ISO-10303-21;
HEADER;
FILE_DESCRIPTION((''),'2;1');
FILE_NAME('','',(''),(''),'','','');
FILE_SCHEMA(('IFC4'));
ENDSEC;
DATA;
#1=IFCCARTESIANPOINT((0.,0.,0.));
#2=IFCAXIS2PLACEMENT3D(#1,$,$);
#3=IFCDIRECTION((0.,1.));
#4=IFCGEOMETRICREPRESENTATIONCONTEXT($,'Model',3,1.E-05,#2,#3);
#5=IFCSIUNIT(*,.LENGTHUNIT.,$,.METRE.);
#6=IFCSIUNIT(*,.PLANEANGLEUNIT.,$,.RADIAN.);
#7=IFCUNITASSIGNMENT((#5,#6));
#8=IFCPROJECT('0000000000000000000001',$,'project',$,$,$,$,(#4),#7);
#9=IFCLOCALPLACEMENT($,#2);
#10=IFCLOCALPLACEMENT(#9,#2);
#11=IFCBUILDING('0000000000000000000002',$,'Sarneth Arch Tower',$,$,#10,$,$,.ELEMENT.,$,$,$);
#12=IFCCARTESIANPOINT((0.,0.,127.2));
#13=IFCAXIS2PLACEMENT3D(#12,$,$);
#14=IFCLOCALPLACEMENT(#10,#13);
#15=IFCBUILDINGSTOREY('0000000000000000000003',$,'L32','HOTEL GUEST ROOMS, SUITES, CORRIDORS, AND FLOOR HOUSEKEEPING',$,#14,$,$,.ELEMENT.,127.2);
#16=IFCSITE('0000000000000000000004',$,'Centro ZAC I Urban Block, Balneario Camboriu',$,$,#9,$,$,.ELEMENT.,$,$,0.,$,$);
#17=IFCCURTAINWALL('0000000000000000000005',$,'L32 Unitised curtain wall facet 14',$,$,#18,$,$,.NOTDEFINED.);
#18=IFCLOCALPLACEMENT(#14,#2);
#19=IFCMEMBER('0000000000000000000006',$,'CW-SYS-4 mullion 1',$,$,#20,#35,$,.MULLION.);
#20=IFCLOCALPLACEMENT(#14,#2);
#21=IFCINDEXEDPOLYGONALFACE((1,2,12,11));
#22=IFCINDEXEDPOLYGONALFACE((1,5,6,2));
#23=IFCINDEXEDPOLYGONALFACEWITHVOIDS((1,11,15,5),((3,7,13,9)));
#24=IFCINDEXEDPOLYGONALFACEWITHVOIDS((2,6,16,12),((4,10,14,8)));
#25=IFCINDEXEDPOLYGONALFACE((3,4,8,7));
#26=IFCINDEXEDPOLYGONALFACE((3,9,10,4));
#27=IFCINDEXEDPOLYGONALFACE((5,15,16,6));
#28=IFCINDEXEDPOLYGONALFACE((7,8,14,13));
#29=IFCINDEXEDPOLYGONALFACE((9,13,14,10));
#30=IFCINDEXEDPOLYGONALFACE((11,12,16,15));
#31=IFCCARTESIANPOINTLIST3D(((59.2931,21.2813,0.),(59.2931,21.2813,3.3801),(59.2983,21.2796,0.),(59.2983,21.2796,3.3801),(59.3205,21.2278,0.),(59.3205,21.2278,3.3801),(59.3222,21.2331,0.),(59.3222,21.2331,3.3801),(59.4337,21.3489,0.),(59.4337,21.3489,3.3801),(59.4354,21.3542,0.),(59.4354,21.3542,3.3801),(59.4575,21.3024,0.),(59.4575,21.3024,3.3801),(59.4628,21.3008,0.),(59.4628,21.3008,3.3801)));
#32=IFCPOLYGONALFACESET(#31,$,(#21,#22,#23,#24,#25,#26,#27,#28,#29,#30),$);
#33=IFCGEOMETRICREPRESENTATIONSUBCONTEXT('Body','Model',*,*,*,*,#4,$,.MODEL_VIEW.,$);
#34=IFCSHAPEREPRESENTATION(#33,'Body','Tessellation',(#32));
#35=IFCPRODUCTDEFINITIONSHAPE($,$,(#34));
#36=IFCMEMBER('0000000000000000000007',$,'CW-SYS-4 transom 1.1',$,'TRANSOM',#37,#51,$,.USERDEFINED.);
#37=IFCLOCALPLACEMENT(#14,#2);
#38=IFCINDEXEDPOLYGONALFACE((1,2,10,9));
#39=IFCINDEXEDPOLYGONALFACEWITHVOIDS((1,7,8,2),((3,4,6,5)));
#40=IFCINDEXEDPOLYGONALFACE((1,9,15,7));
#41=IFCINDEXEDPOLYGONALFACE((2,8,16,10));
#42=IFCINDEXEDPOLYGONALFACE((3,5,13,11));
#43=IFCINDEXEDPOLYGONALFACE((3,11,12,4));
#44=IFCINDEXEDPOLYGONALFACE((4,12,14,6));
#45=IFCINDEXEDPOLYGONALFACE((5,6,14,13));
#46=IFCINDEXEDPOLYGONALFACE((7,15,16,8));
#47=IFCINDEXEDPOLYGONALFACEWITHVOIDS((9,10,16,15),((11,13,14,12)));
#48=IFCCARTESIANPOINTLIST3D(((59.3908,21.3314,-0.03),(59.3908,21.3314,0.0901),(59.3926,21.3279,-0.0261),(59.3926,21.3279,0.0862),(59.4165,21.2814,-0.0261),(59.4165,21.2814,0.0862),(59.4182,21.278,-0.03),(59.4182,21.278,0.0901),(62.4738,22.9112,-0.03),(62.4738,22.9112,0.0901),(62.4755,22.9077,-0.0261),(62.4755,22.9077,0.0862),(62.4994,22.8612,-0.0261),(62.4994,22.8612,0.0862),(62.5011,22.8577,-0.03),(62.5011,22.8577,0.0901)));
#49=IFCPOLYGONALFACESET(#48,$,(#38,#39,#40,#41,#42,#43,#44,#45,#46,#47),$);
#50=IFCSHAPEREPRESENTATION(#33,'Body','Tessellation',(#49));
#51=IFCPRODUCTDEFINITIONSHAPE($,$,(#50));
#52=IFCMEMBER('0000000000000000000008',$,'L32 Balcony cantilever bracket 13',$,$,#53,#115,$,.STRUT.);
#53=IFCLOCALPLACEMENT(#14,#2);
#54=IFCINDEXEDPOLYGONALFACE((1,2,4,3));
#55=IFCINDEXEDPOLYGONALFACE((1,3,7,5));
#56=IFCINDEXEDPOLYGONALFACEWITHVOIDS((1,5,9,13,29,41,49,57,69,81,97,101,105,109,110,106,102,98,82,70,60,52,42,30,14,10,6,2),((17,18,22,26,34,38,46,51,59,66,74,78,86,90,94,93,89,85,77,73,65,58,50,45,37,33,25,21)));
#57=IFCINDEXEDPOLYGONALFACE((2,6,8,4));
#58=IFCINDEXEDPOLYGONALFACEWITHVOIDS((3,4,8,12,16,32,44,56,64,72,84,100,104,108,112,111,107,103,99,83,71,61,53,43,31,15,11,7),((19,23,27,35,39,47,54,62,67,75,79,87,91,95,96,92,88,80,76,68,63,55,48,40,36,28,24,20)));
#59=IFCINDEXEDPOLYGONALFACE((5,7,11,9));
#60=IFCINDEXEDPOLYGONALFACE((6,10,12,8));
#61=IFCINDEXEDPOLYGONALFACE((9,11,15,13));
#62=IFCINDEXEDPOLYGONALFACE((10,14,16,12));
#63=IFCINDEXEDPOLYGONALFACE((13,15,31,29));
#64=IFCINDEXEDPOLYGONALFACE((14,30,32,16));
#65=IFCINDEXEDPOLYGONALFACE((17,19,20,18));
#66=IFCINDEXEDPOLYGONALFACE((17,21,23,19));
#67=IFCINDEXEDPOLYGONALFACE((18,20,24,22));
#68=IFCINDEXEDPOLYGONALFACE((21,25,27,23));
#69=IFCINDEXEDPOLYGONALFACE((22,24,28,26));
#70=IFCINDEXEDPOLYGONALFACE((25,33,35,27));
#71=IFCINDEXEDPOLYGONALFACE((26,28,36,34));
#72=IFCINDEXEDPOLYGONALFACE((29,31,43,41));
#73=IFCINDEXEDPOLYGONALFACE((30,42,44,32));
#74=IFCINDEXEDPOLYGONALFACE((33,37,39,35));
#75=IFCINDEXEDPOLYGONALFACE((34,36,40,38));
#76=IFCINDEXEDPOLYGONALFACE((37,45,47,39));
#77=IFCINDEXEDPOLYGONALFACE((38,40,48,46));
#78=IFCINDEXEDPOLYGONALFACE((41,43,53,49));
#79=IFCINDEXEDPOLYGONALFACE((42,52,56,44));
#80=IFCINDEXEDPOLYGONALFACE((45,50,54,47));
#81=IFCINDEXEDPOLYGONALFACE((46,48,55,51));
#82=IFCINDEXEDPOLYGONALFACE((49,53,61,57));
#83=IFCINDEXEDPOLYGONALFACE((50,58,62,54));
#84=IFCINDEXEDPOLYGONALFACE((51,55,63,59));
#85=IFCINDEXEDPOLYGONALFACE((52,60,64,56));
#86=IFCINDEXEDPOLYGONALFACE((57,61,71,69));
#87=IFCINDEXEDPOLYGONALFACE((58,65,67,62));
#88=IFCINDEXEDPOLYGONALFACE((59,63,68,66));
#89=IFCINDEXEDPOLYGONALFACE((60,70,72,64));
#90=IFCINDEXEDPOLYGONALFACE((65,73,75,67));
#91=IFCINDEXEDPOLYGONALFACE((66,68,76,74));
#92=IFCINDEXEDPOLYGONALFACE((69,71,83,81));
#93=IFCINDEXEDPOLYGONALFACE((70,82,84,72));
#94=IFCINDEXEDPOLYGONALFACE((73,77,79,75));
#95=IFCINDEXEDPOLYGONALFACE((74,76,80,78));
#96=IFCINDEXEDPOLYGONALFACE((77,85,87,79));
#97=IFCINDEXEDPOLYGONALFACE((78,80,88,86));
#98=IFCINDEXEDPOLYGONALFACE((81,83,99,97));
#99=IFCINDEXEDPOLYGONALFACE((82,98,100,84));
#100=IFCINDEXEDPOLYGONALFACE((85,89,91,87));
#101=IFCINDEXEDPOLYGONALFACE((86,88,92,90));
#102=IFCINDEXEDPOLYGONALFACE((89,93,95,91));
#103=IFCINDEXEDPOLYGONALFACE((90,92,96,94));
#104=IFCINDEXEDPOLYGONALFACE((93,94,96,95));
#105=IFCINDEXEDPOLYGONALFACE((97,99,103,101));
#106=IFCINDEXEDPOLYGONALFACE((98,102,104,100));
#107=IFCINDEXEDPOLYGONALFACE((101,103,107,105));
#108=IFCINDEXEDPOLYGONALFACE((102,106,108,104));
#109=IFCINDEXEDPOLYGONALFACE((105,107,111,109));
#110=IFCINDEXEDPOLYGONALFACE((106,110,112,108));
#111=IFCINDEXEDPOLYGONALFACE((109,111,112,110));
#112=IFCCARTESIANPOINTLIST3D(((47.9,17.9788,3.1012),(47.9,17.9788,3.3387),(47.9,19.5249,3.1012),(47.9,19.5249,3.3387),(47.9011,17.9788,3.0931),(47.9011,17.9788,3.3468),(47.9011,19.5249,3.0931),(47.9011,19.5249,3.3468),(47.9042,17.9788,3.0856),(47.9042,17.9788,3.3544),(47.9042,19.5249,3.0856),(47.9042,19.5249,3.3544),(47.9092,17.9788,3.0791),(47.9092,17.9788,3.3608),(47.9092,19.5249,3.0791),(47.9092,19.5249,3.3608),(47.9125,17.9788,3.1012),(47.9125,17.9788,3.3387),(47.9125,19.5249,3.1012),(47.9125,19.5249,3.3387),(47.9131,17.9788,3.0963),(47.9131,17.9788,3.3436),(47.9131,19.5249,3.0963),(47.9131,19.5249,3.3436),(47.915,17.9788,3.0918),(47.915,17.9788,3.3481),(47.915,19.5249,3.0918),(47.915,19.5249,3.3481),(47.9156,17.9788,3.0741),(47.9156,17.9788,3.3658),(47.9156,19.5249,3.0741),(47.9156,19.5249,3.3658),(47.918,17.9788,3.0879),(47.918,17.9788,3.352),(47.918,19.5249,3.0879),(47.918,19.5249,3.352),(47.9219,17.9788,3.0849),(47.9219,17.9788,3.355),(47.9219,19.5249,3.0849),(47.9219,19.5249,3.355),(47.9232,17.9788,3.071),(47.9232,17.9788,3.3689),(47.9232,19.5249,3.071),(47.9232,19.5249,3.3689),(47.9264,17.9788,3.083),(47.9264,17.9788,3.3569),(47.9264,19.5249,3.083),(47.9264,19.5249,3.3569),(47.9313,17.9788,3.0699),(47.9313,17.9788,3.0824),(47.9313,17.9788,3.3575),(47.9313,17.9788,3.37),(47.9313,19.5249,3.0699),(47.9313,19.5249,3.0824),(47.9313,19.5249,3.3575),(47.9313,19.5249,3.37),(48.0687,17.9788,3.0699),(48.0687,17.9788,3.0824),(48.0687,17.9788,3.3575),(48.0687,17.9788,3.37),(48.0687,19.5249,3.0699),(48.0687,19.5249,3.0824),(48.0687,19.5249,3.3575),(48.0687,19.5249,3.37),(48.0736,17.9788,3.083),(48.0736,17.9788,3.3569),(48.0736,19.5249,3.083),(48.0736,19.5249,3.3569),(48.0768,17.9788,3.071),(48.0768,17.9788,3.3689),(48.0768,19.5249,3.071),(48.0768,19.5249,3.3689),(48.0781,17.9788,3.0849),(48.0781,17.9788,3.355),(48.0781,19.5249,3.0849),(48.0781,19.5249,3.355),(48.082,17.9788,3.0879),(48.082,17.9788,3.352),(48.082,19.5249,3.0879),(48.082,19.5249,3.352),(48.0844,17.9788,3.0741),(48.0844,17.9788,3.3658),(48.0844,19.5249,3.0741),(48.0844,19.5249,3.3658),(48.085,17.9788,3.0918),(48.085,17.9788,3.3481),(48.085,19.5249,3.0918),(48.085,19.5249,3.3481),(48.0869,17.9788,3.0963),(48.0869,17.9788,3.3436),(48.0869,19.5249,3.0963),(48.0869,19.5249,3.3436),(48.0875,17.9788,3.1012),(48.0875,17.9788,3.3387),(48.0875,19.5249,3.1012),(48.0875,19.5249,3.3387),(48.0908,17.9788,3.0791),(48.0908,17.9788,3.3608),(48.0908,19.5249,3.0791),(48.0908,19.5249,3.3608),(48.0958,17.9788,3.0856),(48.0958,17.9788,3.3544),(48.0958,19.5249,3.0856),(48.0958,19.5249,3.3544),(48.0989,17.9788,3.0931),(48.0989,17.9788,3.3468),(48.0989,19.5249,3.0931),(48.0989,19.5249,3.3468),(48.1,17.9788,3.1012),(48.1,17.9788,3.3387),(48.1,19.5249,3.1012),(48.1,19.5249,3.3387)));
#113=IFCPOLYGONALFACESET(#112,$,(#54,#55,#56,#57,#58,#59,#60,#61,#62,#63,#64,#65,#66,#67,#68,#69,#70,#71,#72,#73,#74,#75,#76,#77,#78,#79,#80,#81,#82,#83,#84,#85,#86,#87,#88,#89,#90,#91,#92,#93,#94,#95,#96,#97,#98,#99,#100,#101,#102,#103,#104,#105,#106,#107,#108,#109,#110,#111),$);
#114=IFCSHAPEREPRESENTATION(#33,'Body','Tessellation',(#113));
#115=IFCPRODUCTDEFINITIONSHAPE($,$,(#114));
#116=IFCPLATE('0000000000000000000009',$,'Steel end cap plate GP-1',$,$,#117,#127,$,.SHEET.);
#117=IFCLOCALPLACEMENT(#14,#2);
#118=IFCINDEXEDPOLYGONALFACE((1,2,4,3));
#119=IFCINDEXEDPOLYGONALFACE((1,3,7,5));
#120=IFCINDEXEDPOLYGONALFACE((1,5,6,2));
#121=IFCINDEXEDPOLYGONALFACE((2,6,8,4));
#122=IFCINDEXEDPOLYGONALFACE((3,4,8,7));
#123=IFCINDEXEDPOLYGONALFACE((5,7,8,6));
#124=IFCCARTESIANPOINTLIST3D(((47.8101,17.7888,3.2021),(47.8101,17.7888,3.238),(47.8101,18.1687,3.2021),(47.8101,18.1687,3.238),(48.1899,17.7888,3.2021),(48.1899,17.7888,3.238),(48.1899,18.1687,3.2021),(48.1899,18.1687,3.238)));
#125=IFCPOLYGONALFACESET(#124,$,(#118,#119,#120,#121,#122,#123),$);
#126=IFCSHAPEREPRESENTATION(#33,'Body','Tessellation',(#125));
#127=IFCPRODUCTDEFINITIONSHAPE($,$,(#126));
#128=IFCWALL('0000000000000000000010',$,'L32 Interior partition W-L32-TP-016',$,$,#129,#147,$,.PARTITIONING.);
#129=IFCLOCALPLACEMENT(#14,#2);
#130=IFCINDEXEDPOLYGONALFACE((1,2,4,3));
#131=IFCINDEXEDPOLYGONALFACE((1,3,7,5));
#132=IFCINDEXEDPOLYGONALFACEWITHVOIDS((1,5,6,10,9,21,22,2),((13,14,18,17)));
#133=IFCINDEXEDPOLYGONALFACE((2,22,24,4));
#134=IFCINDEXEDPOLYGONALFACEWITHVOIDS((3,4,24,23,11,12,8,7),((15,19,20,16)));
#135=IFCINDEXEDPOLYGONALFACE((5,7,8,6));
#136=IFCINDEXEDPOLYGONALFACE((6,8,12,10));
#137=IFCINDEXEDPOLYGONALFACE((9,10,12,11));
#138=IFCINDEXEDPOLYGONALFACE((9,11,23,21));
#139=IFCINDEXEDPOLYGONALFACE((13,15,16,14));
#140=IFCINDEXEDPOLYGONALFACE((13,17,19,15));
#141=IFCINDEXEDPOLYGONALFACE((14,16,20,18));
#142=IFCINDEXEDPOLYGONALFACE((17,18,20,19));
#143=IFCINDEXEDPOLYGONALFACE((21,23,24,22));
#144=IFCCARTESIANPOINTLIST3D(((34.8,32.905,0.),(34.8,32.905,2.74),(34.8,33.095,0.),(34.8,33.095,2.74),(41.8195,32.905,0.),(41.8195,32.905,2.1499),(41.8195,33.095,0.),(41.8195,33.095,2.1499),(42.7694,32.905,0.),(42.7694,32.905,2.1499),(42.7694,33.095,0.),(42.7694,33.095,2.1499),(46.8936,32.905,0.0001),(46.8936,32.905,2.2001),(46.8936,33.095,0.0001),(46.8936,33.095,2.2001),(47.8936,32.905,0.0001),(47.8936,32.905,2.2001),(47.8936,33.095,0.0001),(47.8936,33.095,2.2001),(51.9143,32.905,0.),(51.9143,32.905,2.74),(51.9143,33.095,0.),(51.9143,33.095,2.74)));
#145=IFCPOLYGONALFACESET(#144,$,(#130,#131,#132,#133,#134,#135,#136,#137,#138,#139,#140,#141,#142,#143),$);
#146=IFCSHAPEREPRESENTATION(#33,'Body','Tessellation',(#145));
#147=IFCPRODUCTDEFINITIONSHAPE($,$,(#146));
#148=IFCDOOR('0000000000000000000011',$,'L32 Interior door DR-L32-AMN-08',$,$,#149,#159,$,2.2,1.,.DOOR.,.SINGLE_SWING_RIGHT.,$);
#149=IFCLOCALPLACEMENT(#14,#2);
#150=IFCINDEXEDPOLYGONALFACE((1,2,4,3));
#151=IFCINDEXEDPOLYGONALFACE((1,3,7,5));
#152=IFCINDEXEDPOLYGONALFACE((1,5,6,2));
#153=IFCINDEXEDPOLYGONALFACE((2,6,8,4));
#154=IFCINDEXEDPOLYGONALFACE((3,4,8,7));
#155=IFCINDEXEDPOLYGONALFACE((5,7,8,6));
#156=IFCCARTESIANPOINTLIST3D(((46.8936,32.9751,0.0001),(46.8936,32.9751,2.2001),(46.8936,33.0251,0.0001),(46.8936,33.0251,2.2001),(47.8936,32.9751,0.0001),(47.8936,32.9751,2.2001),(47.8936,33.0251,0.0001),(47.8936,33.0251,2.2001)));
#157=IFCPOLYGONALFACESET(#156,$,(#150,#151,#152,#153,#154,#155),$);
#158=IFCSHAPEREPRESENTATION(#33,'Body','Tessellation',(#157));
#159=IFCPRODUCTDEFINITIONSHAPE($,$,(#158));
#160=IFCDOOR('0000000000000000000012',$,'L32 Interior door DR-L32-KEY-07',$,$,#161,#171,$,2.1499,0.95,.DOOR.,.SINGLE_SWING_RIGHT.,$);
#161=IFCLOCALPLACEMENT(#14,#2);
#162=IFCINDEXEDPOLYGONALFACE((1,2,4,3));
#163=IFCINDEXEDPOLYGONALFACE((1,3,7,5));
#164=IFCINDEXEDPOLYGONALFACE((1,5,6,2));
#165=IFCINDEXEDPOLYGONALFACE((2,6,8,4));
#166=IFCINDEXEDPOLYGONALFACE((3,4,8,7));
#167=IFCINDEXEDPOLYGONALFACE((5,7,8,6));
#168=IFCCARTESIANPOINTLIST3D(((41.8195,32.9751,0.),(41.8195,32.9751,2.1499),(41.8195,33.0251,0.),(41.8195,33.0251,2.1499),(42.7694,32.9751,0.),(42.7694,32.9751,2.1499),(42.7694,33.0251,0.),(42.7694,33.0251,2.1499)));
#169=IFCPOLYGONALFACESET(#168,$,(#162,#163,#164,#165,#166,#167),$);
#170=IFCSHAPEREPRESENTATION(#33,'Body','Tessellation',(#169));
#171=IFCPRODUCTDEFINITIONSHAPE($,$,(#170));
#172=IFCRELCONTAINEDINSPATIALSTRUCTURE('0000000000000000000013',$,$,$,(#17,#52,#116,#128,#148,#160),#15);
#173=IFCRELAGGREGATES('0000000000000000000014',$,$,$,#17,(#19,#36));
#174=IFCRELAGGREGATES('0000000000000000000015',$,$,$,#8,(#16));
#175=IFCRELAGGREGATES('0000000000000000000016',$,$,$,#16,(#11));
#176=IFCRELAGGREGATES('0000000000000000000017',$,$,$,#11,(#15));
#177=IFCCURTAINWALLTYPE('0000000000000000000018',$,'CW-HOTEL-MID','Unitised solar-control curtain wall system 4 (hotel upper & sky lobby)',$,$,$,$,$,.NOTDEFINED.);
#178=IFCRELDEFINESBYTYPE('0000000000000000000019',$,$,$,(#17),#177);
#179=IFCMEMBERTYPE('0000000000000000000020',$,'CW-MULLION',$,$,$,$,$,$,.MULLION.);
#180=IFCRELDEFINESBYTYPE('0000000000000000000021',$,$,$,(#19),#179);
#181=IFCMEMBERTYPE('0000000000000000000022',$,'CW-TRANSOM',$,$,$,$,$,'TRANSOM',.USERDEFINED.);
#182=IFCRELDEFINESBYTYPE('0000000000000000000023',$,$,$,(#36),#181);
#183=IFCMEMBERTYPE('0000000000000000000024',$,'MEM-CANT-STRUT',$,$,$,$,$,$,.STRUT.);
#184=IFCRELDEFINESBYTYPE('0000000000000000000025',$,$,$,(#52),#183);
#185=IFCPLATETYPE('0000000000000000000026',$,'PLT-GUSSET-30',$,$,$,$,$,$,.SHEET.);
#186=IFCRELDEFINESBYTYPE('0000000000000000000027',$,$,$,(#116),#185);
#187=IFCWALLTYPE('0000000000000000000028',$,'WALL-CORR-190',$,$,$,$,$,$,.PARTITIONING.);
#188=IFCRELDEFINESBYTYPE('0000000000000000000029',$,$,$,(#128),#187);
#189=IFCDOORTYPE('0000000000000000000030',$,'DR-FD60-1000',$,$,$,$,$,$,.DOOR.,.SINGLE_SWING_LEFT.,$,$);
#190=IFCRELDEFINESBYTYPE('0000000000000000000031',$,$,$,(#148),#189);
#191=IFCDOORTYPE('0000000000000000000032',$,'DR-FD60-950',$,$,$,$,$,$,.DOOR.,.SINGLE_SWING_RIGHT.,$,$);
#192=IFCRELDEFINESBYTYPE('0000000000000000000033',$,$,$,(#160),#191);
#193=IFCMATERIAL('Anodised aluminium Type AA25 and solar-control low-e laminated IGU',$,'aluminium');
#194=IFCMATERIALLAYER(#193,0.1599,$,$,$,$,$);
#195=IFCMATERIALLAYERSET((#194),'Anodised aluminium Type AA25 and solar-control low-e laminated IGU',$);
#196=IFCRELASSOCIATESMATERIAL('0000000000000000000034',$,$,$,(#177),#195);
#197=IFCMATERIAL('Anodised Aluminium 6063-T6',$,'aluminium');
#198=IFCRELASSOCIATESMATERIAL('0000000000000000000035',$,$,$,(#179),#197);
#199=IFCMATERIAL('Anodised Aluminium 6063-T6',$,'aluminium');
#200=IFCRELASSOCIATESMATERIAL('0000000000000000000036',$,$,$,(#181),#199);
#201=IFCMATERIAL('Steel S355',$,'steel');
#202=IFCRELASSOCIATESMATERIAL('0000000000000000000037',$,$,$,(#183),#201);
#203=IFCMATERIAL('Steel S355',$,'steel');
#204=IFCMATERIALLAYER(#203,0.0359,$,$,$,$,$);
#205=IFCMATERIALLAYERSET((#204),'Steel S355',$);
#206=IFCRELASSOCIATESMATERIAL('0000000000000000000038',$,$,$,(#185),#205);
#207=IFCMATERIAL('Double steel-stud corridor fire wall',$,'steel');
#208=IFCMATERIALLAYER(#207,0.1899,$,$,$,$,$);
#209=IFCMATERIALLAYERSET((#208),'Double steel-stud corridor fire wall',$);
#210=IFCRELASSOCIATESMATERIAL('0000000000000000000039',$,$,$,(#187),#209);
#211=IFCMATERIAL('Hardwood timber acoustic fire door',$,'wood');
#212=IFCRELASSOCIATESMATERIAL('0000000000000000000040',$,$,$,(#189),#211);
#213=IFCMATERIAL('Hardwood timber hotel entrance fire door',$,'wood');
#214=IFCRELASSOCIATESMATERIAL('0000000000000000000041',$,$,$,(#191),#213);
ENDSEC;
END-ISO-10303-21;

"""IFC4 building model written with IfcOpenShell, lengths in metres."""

from ifc_helpers import new_model, si_unit, direction, frame, frame_2d, origin, origin_2d, place, context, subcontext, project, spatial, rectangle, hollow_rectangle, extrude, material, layer, layer_set, material_profile, profile_set, type_object, element, fill, aggregate, save


model = new_model("IFC4")

# Units and contexts
model_context = context("Model", 3, precision=1e-05, world=origin(), true_north=direction((0.0, 1.0)))
body_context = subcontext(model_context, "Body", "Model", "MODEL_VIEW")
ifc_project = project(units=[si_unit("LENGTHUNIT", "METRE"), si_unit("PLANEANGLEUNIT", "RADIAN")], contexts=[model_context])

# Site, building, storey
site_placement = place(None, origin())
site = spatial("IfcSite", under=ifc_project, at=site_placement, Name="Centro ZAC I Urban Block, Balneario Camboriu", CompositionType="ELEMENT", RefElevation=0.0)
building_placement = place(site_placement, origin())
building = spatial("IfcBuilding", under=site, at=building_placement, Name="Sarneth Arch Tower", CompositionType="ELEMENT")
storey_placement = place(building_placement, frame((0.0, 0.0, 127.2)))
storey = spatial("IfcBuildingStorey", under=building, at=storey_placement, Name="L32", Description="HOTEL GUEST ROOMS, SUITES, CORRIDORS, AND FLOOR HOUSEKEEPING", CompositionType="ELEMENT", Elevation=127.2)

# Curtain wall, members
ifc_material_1 = material(Name="Anodised aluminium Type AA25 and solar-control low-e laminated IGU", Category="aluminium")
ifc_layer_1 = layer(ifc_material_1, 0.1599)
ifc_layer_set_1 = layer_set([ifc_layer_1], Name="Anodised aluminium Type AA25 and solar-control low-e laminated IGU")
curtain_wall_type = type_object("IfcCurtainWallType", Name="CW-HOTEL-MID", Description="Unitised solar-control curtain wall system 4 (hotel upper & sky lobby)", PredefinedType="NOTDEFINED", material=ifc_layer_set_1)
curtain_wall_placement = place(storey_placement, origin())
curtain_wall = element("IfcCurtainWall", 1, at=curtain_wall_placement, inside=storey, type_object=curtain_wall_type, Name="L32 Unitised curtain wall facet 14", PredefinedType="NOTDEFINED")
ifc_material_2 = material(Name="Anodised Aluminium 6063-T6", Category="aluminium")
ifc_material_profile_1 = material_profile(ifc_material_2, hollow_rectangle(XDim=0.0601, YDim=0.1599, WallThickness=0.0039, at=origin_2d()), Name="AL-MULL-160x60x4")
ifc_profile_set_1 = profile_set([ifc_material_profile_1], Name="Anodised Aluminium 6063-T6")
member_type_1 = type_object("IfcMemberType", Name="CW-MULLION", PredefinedType="MULLION", material=ifc_profile_set_1)
member_1_placement = place(storey_placement, frame((59.3779, 21.291, 0.0), z_axis=(0.0, 0.0, 1.0), x_axis=(-0.456031, 0.889964, 0.0)))
member_1 = element("IfcMember", 2, at=member_1_placement, type_object=member_type_1, Name="CW-SYS-4 mullion 1", PredefinedType="MULLION", context=body_context, shape_type="SweptSolid", body=[
    extrude(hollow_rectangle(XDim=0.0601, YDim=0.1599, WallThickness=0.0039, at=origin_2d()), origin(), (0.0, 0.0, 1.0), 3.3801),
])
ifc_material_3 = material(Name="Anodised Aluminium 6063-T6", Category="aluminium")
ifc_material_profile_2 = material_profile(ifc_material_3, hollow_rectangle(XDim=0.0601, YDim=0.1201, WallThickness=0.0039, at=origin_2d()), Name="AL-TRAN-120x60x4")
ifc_profile_set_2 = profile_set([ifc_material_profile_2], Name="Anodised Aluminium 6063-T6")
member_type_2 = type_object("IfcMemberType", Name="CW-TRANSOM", ElementType="TRANSOM", PredefinedType="USERDEFINED", material=ifc_profile_set_2)
member_2_placement = place(storey_placement, frame((59.4045, 21.3047, 0.03), z_axis=(0.889958, 0.456043, 0.0), x_axis=(-0.456043, 0.889958, 0.0)))
member_2 = element("IfcMember", 3, at=member_2_placement, type_object=member_type_2, Name="CW-SYS-4 transom 1.1", ObjectType="TRANSOM", PredefinedType="USERDEFINED", context=body_context, shape_type="SweptSolid", body=[
    extrude(hollow_rectangle(XDim=0.0601, YDim=0.1201, WallThickness=0.0039, at=origin_2d()), origin(), (0.0, 0.0, 1.0), 3.4641),
])
aggregate(curtain_wall, [member_1, member_2])

# Member
ifc_material_4 = material(Name="Steel S355", Category="steel")
ifc_material_profile_3 = material_profile(ifc_material_4, hollow_rectangle(XDim=0.2, YDim=0.3, WallThickness=0.0125, InnerFilletRadius=0.0188, OuterFilletRadius=0.0312, at=origin_2d()), Name="RHS300x200x12.5")
ifc_profile_set_3 = profile_set([ifc_material_profile_3], Name="Steel S355")
member_type_3 = type_object("IfcMemberType", Name="MEM-CANT-STRUT", PredefinedType="STRUT", material=ifc_profile_set_3)
member_3_placement = place(storey_placement, frame((48.0, 19.5249, 3.22), z_axis=(0.0, -1.0, 0.0), x_axis=(1.0, 0.0, 0.0)))
element("IfcMember", 4, at=member_3_placement, inside=storey, type_object=member_type_3, Name="L32 Balcony cantilever bracket 13", PredefinedType="STRUT", context=body_context, shape_type="SweptSolid", body=[
    extrude(hollow_rectangle(XDim=0.2, YDim=0.3, WallThickness=0.0125, InnerFilletRadius=0.0188, OuterFilletRadius=0.0312, at=origin_2d()), origin(), (0.0, 0.0, 1.0), 1.5461),
])

# Plate
ifc_material_5 = material(Name="Steel S355", Category="steel")
ifc_layer_2 = layer(ifc_material_5, 0.0359)
ifc_layer_set_2 = layer_set([ifc_layer_2], Name="Steel S355")
plate_type = type_object("IfcPlateType", Name="PLT-GUSSET-30", PredefinedType="SHEET", material=ifc_layer_set_2)
plate_placement = place(storey_placement, frame((48.0, 17.9788, 3.2021), z_axis=(0.0, 0.0, 1.0), x_axis=(0.0, -1.0, 0.0)))
element("IfcPlate", 5, at=plate_placement, inside=storey, type_object=plate_type, Name="Steel end cap plate GP-1", PredefinedType="SHEET", context=body_context, shape_type="SweptSolid", body=[
    extrude(rectangle(XDim=0.3799, YDim=0.3799, at=origin_2d()), origin(), (0.0, 0.0, 1.0), 0.0359),
])

# Wall, openings, doors
ifc_material_6 = material(Name="Double steel-stud corridor fire wall", Category="steel")
ifc_layer_3 = layer(ifc_material_6, 0.1899)
ifc_layer_set_3 = layer_set([ifc_layer_3], Name="Double steel-stud corridor fire wall")
wall_type_1 = type_object("IfcWallType", Name="WALL-CORR-190", PredefinedType="PARTITIONING", material=ifc_layer_set_3)
wall_1_placement = place(storey_placement, frame((51.9143, 33.0, 0.0), z_axis=(0.0, 0.0, 1.0), x_axis=(-1.0, 0.0, 0.0)))
wall_1 = element("IfcWall", 6, at=wall_1_placement, inside=storey, type_object=wall_type_1, Name="L32 Interior partition W-L32-TP-016", PredefinedType="PARTITIONING", context=body_context, shape_type="SweptSolid", body=[
    extrude(rectangle(XDim=17.1143, YDim=0.1899, at=frame_2d((8.5571, 0.0))), origin(), (0.0, 0.0, 1.0), 2.74),
])
opening_1_placement = place(wall_1_placement, frame((4.0208, 0.0, 0.0)))
opening_1 = element("IfcOpeningElement", 7, at=opening_1_placement, cuts=wall_1, PredefinedType="OPENING", context=body_context, shape_type="SweptSolid", body=[
    extrude(rectangle(XDim=1.0, YDim=2.2, at=frame_2d((0.5, 1.1001))), frame((0.0, 0.105, 0.0), z_axis=(0.0, -1.0, 0.0), x_axis=(1.0, 0.0, 0.0)), (0.0, 0.0, 1.0), 0.21),
])
opening_2_placement = place(wall_1_placement, frame((9.1448, 0.0, 0.0)))
opening_2 = element("IfcOpeningElement", 8, at=opening_2_placement, cuts=wall_1, PredefinedType="OPENING", context=body_context, shape_type="SweptSolid", body=[
    extrude(rectangle(XDim=0.95, YDim=2.1499, at=frame_2d((0.4751, 1.075))), frame((0.0, 0.105, 0.0), z_axis=(0.0, -1.0, 0.0), x_axis=(1.0, 0.0, 0.0)), (0.0, 0.0, 1.0), 0.21),
])
ifc_material_7 = material(Name="Hardwood timber acoustic fire door", Category="wood")
door_type_1 = type_object("IfcDoorType", Name="DR-FD60-1000", OperationType="SINGLE_SWING_LEFT", PredefinedType="DOOR", material=ifc_material_7)
door_1_placement = place(opening_1_placement, origin())
door_1 = element("IfcDoor", 9, at=door_1_placement, inside=storey, type_object=door_type_1, Name="L32 Interior door DR-L32-AMN-08", OperationType="SINGLE_SWING_RIGHT", OverallHeight=2.2, OverallWidth=1.0, PredefinedType="DOOR", context=body_context, shape_type="SweptSolid", body=[
    extrude(rectangle(XDim=1.0, YDim=2.2, at=frame_2d((0.5, 1.1001))), frame((0.0, 0.0249, 0.0), z_axis=(0.0, -1.0, 0.0), x_axis=(1.0, 0.0, 0.0)), (0.0, 0.0, 1.0), 0.05),
])
fill(opening_1, door_1)
ifc_material_8 = material(Name="Hardwood timber hotel entrance fire door", Category="wood")
door_type_2 = type_object("IfcDoorType", Name="DR-FD60-950", OperationType="SINGLE_SWING_RIGHT", PredefinedType="DOOR", material=ifc_material_8)
door_2_placement = place(opening_2_placement, origin())
door_2 = element("IfcDoor", 10, at=door_2_placement, inside=storey, type_object=door_type_2, Name="L32 Interior door DR-L32-KEY-07", OperationType="SINGLE_SWING_RIGHT", OverallHeight=2.1499, OverallWidth=0.95, PredefinedType="DOOR", context=body_context, shape_type="SweptSolid", body=[
    extrude(rectangle(XDim=0.95, YDim=2.1499, at=frame_2d((0.4751, 1.075))), frame((0.0, 0.0249, 0.0), z_axis=(0.0, -1.0, 0.0), x_axis=(1.0, 0.0, 0.0)), (0.0, 0.0, 1.0), 0.05),
])
fill(opening_2, door_2)

save(model, "model.ifc")
